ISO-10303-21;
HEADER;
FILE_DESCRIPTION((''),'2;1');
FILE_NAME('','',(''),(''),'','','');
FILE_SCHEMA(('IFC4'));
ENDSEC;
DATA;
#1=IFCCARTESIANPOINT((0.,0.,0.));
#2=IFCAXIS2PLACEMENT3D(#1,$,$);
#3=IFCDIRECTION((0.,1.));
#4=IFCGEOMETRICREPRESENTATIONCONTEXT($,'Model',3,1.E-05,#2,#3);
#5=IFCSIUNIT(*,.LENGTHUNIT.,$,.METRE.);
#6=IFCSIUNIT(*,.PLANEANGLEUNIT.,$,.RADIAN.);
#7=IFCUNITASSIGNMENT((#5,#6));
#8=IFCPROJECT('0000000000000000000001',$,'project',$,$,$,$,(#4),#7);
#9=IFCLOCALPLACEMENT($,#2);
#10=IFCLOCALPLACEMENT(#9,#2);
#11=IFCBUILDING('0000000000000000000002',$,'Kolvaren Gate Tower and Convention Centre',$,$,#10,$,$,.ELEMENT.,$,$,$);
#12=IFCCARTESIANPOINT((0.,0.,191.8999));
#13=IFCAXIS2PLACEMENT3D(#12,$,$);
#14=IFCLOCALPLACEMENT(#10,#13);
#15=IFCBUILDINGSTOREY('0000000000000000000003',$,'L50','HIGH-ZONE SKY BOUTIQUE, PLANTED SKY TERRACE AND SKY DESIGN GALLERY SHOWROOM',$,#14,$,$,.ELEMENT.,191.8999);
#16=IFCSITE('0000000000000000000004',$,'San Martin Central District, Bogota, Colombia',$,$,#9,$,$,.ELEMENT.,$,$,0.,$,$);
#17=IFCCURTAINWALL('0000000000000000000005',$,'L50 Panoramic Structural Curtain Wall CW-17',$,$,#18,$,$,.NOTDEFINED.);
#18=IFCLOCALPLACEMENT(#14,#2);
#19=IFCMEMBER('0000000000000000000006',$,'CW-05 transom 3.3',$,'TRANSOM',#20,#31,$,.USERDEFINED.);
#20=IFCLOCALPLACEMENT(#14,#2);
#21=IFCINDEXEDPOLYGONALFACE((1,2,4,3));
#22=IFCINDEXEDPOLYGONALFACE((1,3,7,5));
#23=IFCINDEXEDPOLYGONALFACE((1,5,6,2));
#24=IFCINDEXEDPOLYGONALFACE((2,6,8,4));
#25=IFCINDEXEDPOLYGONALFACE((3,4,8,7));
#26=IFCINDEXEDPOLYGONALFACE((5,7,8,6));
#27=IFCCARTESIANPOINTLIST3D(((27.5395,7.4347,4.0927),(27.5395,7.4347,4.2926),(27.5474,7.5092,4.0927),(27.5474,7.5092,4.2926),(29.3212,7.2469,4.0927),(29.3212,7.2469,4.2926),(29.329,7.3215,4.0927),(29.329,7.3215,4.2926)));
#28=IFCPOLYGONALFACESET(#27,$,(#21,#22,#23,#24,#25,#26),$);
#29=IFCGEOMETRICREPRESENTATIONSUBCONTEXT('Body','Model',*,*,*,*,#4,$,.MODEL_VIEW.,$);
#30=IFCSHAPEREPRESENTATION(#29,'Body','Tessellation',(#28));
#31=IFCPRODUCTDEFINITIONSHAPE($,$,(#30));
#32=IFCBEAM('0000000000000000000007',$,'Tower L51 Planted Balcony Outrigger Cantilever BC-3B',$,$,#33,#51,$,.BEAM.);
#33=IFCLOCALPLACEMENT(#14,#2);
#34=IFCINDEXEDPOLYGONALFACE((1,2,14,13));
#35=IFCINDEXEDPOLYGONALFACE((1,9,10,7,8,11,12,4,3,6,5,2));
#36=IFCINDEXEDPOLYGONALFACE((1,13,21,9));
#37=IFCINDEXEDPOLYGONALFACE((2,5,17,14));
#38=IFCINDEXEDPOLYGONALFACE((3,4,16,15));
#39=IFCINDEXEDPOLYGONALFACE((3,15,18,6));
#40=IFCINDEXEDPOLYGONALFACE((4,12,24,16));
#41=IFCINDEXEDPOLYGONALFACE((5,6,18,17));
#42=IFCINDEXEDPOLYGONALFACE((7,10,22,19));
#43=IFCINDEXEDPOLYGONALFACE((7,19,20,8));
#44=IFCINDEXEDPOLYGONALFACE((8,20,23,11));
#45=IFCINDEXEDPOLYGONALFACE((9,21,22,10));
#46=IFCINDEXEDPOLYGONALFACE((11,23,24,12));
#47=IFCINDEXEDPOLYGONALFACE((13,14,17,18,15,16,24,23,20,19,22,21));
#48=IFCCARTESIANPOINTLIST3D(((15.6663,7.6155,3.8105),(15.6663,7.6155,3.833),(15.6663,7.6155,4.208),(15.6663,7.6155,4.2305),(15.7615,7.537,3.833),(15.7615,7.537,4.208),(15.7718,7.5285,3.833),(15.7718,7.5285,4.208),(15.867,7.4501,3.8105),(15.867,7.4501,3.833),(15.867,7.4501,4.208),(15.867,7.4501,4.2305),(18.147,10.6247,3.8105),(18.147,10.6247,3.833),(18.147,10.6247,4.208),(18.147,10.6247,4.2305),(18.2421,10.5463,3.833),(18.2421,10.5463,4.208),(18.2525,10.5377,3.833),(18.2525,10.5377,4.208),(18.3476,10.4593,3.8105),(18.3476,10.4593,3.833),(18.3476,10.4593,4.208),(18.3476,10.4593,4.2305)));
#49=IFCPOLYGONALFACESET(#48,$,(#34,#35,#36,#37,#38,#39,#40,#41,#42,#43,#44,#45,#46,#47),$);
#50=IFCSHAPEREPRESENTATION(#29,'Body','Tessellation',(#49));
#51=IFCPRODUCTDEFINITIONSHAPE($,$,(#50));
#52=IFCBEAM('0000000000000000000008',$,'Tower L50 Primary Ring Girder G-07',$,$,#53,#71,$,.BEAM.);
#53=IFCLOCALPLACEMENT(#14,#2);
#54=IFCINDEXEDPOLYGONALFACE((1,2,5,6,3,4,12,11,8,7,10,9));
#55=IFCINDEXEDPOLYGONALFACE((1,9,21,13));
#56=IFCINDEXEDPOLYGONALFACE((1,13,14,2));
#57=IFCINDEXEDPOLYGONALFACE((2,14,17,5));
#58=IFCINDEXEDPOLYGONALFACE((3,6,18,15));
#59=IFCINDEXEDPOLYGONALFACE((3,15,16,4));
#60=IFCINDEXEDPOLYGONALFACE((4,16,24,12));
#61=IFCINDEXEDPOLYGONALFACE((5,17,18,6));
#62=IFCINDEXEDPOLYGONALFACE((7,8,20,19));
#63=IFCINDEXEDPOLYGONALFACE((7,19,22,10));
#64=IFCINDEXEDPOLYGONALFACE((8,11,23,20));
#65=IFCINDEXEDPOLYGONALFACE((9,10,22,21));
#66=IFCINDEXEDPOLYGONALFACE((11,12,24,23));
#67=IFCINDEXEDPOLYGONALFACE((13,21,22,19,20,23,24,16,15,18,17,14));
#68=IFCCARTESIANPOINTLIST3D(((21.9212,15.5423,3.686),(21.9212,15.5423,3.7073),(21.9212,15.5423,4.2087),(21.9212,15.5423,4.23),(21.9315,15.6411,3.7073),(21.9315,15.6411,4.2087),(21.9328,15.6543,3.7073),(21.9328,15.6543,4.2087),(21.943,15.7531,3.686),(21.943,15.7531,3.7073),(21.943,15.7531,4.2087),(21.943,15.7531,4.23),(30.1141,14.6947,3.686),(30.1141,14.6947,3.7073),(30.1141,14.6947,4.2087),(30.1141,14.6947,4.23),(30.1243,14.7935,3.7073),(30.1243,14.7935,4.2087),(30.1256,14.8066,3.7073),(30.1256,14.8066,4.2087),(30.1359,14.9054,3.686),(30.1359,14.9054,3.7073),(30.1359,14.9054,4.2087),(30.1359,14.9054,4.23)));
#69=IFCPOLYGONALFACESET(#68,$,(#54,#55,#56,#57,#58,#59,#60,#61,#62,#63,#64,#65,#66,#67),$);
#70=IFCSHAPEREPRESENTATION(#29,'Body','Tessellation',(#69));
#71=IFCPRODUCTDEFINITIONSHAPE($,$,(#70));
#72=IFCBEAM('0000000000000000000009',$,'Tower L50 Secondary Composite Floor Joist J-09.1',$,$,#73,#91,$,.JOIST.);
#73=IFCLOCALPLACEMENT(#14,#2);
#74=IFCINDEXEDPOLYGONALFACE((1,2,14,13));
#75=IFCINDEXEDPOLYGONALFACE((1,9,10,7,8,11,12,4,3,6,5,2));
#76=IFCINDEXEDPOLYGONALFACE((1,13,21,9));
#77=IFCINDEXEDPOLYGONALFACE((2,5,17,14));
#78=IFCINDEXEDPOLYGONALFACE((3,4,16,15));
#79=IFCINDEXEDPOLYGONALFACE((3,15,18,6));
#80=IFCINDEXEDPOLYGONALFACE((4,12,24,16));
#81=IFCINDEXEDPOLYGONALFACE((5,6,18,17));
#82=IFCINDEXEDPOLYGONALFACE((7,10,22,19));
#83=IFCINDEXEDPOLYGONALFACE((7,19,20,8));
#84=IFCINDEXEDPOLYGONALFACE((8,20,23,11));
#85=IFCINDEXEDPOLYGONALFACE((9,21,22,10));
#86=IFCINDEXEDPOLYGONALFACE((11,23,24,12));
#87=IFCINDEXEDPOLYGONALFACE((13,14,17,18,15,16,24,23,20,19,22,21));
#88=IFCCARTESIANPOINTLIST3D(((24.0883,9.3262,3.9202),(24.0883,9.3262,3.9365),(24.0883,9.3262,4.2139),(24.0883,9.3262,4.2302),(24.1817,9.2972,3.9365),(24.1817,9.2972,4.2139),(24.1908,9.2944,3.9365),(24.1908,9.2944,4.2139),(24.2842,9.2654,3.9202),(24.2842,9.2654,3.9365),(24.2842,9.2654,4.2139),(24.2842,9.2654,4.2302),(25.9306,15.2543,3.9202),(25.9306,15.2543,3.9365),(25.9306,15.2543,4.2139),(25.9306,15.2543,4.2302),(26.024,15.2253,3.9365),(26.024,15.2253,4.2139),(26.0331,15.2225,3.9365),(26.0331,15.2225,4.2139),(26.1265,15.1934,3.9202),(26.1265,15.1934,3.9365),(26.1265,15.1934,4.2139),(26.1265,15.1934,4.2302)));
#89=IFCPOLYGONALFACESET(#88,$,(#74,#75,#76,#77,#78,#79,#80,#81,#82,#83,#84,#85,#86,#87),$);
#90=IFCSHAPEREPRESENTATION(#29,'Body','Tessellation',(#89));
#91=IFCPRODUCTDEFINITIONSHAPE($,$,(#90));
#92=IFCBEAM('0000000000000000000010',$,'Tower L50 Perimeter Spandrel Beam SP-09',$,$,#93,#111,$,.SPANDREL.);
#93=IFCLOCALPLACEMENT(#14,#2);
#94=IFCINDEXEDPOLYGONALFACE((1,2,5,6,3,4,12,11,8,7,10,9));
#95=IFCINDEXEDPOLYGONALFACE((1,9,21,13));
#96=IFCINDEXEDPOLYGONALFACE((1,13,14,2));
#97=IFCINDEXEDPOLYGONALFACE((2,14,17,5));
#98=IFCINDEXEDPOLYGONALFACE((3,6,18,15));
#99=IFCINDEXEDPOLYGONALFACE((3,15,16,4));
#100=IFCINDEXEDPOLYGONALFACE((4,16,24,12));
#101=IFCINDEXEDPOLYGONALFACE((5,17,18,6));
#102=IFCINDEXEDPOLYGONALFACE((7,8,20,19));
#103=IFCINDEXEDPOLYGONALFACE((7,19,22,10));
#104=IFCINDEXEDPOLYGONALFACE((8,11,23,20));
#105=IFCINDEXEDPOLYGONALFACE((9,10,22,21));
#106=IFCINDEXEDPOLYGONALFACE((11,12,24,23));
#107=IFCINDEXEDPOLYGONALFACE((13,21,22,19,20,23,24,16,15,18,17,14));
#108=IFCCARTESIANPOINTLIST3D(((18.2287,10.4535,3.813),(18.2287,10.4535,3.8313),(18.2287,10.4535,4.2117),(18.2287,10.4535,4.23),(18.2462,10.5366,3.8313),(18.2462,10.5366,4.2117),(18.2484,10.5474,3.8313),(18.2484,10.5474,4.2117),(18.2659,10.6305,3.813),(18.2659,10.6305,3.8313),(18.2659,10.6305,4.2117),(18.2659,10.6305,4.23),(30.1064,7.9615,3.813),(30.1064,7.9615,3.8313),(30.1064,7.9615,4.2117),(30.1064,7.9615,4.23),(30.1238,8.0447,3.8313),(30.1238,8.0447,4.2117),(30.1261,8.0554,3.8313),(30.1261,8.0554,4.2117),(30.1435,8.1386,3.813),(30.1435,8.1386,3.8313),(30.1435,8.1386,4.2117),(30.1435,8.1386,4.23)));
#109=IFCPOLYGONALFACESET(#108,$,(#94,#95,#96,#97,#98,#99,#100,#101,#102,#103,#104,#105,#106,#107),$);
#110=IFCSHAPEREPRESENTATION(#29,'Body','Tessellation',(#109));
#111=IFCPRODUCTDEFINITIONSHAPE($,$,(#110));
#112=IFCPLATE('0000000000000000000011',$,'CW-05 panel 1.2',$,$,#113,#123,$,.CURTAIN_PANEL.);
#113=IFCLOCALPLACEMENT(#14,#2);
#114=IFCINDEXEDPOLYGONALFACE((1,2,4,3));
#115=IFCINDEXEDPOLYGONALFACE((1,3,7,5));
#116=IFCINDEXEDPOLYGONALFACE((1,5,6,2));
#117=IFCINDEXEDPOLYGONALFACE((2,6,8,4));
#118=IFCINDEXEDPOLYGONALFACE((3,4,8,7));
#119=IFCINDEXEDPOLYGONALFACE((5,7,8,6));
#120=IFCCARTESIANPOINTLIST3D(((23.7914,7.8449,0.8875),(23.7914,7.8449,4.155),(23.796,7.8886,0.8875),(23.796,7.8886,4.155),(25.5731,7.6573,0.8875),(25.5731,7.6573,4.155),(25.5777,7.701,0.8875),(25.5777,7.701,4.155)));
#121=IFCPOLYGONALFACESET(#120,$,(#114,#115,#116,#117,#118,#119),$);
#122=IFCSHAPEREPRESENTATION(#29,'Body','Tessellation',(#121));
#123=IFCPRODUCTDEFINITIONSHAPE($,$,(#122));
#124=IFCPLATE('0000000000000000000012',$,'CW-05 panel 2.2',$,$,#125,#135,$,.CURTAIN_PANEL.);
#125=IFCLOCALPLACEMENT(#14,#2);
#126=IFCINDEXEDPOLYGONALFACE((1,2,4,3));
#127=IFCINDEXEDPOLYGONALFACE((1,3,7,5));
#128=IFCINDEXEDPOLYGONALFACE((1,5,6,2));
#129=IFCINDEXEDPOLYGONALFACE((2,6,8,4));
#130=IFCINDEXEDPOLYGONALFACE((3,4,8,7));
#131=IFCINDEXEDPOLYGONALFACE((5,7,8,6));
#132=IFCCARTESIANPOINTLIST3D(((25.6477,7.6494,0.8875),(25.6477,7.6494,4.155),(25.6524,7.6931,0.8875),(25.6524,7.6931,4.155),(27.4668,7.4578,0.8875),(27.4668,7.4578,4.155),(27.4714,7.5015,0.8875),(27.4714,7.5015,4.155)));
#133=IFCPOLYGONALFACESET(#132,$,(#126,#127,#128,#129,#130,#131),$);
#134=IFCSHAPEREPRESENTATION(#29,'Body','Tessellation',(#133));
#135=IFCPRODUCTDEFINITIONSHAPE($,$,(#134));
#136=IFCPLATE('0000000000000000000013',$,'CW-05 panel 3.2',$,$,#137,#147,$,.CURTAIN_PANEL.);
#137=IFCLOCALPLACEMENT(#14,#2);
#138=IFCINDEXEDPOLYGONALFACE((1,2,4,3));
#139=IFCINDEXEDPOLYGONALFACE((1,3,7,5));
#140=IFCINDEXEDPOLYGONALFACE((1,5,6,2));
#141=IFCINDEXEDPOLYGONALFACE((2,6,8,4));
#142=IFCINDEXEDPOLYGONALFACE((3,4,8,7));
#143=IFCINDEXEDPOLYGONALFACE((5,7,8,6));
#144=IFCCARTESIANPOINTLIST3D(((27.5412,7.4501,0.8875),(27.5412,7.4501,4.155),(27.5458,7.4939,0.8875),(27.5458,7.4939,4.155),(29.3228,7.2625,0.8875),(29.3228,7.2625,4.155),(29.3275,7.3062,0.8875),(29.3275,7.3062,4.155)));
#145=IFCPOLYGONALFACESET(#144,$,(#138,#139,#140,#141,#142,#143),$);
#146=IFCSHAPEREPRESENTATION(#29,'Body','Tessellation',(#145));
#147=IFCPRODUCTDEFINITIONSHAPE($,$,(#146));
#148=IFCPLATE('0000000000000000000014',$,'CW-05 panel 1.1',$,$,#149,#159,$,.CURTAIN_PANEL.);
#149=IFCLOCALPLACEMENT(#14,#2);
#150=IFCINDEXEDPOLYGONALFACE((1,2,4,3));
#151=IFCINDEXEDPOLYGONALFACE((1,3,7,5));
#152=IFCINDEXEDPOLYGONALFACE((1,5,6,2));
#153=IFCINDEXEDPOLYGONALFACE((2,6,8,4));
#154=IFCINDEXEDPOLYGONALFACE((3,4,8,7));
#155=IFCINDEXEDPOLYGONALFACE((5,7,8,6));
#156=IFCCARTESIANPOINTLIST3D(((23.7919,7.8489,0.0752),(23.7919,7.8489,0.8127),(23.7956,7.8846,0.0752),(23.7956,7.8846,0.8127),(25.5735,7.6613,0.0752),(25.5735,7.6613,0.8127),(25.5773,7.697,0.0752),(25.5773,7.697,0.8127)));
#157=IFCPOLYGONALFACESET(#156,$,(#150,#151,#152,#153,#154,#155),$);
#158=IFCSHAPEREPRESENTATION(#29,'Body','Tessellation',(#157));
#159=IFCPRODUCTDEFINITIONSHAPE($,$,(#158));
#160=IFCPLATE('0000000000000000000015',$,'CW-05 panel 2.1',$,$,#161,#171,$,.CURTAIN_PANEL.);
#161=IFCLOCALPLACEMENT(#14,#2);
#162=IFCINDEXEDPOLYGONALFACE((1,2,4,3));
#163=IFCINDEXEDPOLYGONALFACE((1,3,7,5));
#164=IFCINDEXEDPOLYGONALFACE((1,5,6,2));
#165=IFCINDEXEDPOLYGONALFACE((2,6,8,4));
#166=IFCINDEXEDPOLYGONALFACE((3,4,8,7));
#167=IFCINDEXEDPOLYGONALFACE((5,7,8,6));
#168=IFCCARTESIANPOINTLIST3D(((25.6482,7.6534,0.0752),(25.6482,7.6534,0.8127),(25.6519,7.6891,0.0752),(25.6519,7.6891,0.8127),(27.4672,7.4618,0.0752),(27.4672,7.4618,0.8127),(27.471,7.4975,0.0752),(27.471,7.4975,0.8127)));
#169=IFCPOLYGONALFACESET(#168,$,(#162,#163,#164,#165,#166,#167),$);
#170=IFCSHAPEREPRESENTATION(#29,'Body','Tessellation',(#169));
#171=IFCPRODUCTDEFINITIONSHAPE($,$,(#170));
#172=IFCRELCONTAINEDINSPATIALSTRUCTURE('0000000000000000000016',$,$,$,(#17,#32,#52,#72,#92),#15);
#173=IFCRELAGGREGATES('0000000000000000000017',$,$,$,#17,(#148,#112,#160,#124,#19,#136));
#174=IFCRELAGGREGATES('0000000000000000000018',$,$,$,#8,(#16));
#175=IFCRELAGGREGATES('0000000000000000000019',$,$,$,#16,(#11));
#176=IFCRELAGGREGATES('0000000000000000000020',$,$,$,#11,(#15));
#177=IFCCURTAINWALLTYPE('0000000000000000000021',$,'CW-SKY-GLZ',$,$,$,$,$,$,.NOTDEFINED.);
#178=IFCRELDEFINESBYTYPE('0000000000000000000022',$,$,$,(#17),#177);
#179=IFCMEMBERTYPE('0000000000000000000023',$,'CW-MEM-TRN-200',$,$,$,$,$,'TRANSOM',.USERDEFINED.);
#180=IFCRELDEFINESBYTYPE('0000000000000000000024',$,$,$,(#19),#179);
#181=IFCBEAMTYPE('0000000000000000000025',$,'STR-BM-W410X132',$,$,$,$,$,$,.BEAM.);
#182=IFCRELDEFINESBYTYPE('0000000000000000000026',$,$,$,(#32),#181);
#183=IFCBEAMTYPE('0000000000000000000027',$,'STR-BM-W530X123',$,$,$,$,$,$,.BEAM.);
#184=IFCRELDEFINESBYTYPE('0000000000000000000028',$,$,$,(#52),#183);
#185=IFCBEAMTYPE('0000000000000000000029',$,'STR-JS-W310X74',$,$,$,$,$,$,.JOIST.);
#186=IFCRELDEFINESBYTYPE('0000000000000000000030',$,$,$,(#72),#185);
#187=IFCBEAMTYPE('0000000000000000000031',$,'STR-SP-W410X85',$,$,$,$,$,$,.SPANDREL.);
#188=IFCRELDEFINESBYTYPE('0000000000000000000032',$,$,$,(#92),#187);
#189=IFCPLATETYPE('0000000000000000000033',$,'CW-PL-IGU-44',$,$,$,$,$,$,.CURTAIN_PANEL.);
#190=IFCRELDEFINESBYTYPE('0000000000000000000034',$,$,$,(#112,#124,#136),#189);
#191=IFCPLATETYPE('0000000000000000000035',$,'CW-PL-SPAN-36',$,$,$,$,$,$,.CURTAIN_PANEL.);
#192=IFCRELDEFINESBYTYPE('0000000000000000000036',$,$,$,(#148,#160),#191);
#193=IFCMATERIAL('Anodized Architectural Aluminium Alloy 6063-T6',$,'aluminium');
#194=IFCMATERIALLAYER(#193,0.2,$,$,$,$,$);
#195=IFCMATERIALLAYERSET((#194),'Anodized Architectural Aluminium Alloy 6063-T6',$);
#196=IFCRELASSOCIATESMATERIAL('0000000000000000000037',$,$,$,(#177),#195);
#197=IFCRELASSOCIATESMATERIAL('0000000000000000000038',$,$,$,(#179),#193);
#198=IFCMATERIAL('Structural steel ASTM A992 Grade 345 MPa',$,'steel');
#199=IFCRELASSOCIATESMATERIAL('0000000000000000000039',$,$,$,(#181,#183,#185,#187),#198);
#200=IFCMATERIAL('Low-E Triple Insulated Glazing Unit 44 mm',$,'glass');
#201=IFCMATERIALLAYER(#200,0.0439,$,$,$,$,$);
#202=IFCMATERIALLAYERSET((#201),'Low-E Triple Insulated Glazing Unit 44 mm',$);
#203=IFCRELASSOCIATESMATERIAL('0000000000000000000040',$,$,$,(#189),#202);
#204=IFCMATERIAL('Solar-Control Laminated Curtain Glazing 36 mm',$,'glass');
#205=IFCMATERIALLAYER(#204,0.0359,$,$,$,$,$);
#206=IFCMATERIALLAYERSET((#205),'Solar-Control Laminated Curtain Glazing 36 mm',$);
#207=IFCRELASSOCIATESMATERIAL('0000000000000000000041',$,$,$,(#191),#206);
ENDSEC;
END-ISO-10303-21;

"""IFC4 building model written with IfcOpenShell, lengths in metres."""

from ifc_helpers import new_model, si_unit, direction, frame, origin, origin_2d, place, context, subcontext, project, spatial, rectangle, i_section, extrude, material, layer, layer_set, material_profile, profile_set, type_object, element, aggregate, save


model = new_model("IFC4")

# Units and contexts
model_context = context("Model", 3, precision=1e-05, world=origin(), true_north=direction((0.0, 1.0)))
body_context = subcontext(model_context, "Body", "Model", "MODEL_VIEW")
ifc_project = project(units=[si_unit("LENGTHUNIT", "METRE"), si_unit("PLANEANGLEUNIT", "RADIAN")], contexts=[model_context])

# Site, building, storey
site_placement = place(None, origin())
site = spatial("IfcSite", under=ifc_project, at=site_placement, Name="San Martin Central District, Bogota, Colombia", CompositionType="ELEMENT", RefElevation=0.0)
building_placement = place(site_placement, origin())
building = spatial("IfcBuilding", under=site, at=building_placement, Name="Kolvaren Gate Tower and Convention Centre", CompositionType="ELEMENT")
storey_placement = place(building_placement, frame((0.0, 0.0, 191.8999)))
storey = spatial("IfcBuildingStorey", under=building, at=storey_placement, Name="L50", Description="HIGH-ZONE SKY BOUTIQUE, PLANTED SKY TERRACE AND SKY DESIGN GALLERY SHOWROOM", CompositionType="ELEMENT", Elevation=191.8999)

# Curtain wall, member
ifc_material_1 = material(Name="Anodized Architectural Aluminium Alloy 6063-T6", Category="aluminium")
ifc_layer_1 = layer(ifc_material_1, 0.2)
ifc_layer_set_1 = layer_set([ifc_layer_1], Name="Anodized Architectural Aluminium Alloy 6063-T6")
curtain_wall_type = type_object("IfcCurtainWallType", Name="CW-SKY-GLZ", PredefinedType="NOTDEFINED", material=ifc_layer_set_1)
curtain_wall_placement = place(storey_placement, origin())
curtain_wall = element("IfcCurtainWall", 1, at=curtain_wall_placement, inside=storey, type_object=curtain_wall_type, Name="L50 Panoramic Structural Curtain Wall CW-17", PredefinedType="NOTDEFINED")
ifc_material_profile_1 = material_profile(ifc_material_1, rectangle(XDim=0.075, YDim=0.2, at=origin_2d()), Name="CW-MEM-TRN-200")
ifc_profile_set_1 = profile_set([ifc_material_profile_1], Name="Anodized Architectural Aluminium Alloy 6063-T6")
member_type_1 = type_object("IfcMemberType", Name="CW-MEM-TRN-200", ElementType="TRANSOM", PredefinedType="USERDEFINED", material=ifc_profile_set_1)
member_1_placement = place(storey_placement, frame((27.5435, 7.4719, 4.1926), z_axis=(0.994494, -0.104791, 0.0), x_axis=(0.104791, 0.994494, 0.0)))
member_1 = element("IfcMember", 2, at=member_1_placement, type_object=member_type_1, Name="CW-05 transom 3.3", ObjectType="TRANSOM", PredefinedType="USERDEFINED", context=body_context, shape_type="SweptSolid", body=[
    extrude(rectangle(XDim=0.075, YDim=0.2, at=origin_2d()), origin(), (0.0, 0.0, 1.0), 1.7915),
])

# Beams
ifc_material_2 = material(Name="Structural steel ASTM A992 Grade 345 MPa", Category="steel")
ifc_material_profile_2 = material_profile(ifc_material_2, i_section(OverallWidth=0.26, OverallDepth=0.4199, WebThickness=0.0134, FlangeThickness=0.0225, at=origin_2d()), Name="W410X132")
ifc_profile_set_2 = profile_set([ifc_material_profile_2], Name="Structural steel ASTM A992 Grade 345 MPa")
beam_type_1 = type_object("IfcBeamType", Name="STR-BM-W410X132", PredefinedType="BEAM", material=ifc_profile_set_2)
beam_1_placement = place(storey_placement, frame((18.2473, 10.542, 4.0205), z_axis=(-0.636087, -0.771618, 0.0), x_axis=(0.771618, -0.636087, 0.0)))
element("IfcBeam", 3, at=beam_1_placement, inside=storey, type_object=beam_type_1, Name="Tower L51 Planted Balcony Outrigger Cantilever BC-3B", PredefinedType="BEAM", context=body_context, shape_type="SweptSolid", body=[
    extrude(i_section(OverallWidth=0.26, OverallDepth=0.4199, WebThickness=0.0134, FlangeThickness=0.0225, at=origin_2d()), origin(), (0.0, 0.0, 1.0), 3.8999),
])
ifc_material_profile_3 = material_profile(ifc_material_2, i_section(OverallWidth=0.2119, OverallDepth=0.5439, WebThickness=0.0132, FlangeThickness=0.0212, at=origin_2d()), Name="W530X123")
ifc_profile_set_3 = profile_set([ifc_material_profile_3], Name="Structural steel ASTM A992 Grade 345 MPa")
beam_type_2 = type_object("IfcBeamType", Name="STR-BM-W530X123", PredefinedType="BEAM", material=ifc_profile_set_3)
beam_2_placement = place(storey_placement, frame((21.9321, 15.6477, 3.958), z_axis=(0.99469, -0.102913, 0.0), x_axis=(0.102913, 0.99469, 0.0)))
element("IfcBeam", 4, at=beam_2_placement, inside=storey, type_object=beam_type_2, Name="Tower L50 Primary Ring Girder G-07", PredefinedType="BEAM", context=body_context, shape_type="SweptSolid", body=[
    extrude(i_section(OverallWidth=0.2119, OverallDepth=0.5439, WebThickness=0.0132, FlangeThickness=0.0212, at=origin_2d()), origin(), (0.0, 0.0, 1.0), 8.2366),
])
ifc_material_profile_4 = material_profile(ifc_material_2, i_section(OverallWidth=0.2051, OverallDepth=0.3101, WebThickness=0.0095, FlangeThickness=0.0164, at=origin_2d()), Name="W310X74")
ifc_profile_set_4 = profile_set([ifc_material_profile_4], Name="Structural steel ASTM A992 Grade 345 MPa")
beam_type_3 = type_object("IfcBeamType", Name="STR-JS-W310X74", PredefinedType="JOIST", material=ifc_profile_set_4)
beam_3_placement = place(storey_placement, frame((26.0286, 15.2239, 4.0752), z_axis=(-0.296776, -0.954947, 0.0), x_axis=(0.954947, -0.296776, 0.0)))
element("IfcBeam", 5, at=beam_3_placement, inside=storey, type_object=beam_type_3, Name="Tower L50 Secondary Composite Floor Joist J-09.1", PredefinedType="JOIST", context=body_context, shape_type="SweptSolid", body=[
    extrude(i_section(OverallWidth=0.2051, OverallDepth=0.3101, WebThickness=0.0095, FlangeThickness=0.0164, at=origin_2d()), origin(), (0.0, 0.0, 1.0), 6.2078),
])
ifc_material_profile_5 = material_profile(ifc_material_2, i_section(OverallWidth=0.1809, OverallDepth=0.417, WebThickness=0.011, FlangeThickness=0.0183, at=origin_2d()), Name="W410X85")
ifc_profile_set_5 = profile_set([ifc_material_profile_5], Name="Structural steel ASTM A992 Grade 345 MPa")
beam_type_4 = type_object("IfcBeamType", Name="STR-SP-W410X85", PredefinedType="SPANDREL", material=ifc_profile_set_5)
beam_4_placement = place(storey_placement, frame((18.2473, 10.542, 4.0215), z_axis=(0.978693, -0.20533, 0.0), x_axis=(0.20533, 0.978693, 0.0)))
element("IfcBeam", 6, at=beam_4_placement, inside=storey, type_object=beam_type_4, Name="Tower L50 Perimeter Spandrel Beam SP-09", PredefinedType="SPANDREL", context=body_context, shape_type="SweptSolid", body=[
    extrude(i_section(OverallWidth=0.1809, OverallDepth=0.417, WebThickness=0.011, FlangeThickness=0.0183, at=origin_2d()), origin(), (0.0, 0.0, 1.0), 12.1362),
])

# Plates
ifc_material_3 = material(Name="Low-E Triple Insulated Glazing Unit 44 mm", Category="glass")
ifc_layer_2 = layer(ifc_material_3, 0.0439)
ifc_layer_set_2 = layer_set([ifc_layer_2], Name="Low-E Triple Insulated Glazing Unit 44 mm")
plate_type_1 = type_object("IfcPlateType", Name="CW-PL-IGU-44", PredefinedType="CURTAIN_PANEL", material=ifc_layer_set_2)
plate_1_placement = place(storey_placement, frame((24.6846, 7.7729, 0.8875), z_axis=(0.0, 0.0, 1.0), x_axis=(0.994499, -0.104744, 0.0)))
plate_1 = element("IfcPlate", 7, at=plate_1_placement, type_object=plate_type_1, Name="CW-05 panel 1.2", PredefinedType="CURTAIN_PANEL", context=body_context, shape_type="SweptSolid", body=[
    extrude(rectangle(XDim=1.7915, YDim=0.0439, at=origin_2d()), origin(), (0.0, 0.0, 1.0), 3.2676),
])
plate_2_placement = place(storey_placement, frame((26.5596, 7.5754, 0.8875), z_axis=(0.0, 0.0, 1.0), x_axis=(0.994499, -0.104744, 0.0)))
plate_2 = element("IfcPlate", 8, at=plate_2_placement, type_object=plate_type_1, Name="CW-05 panel 2.2", PredefinedType="CURTAIN_PANEL", context=body_context, shape_type="SweptSolid", body=[
    extrude(rectangle(XDim=1.8291, YDim=0.0439, at=origin_2d()), origin(), (0.0, 0.0, 1.0), 3.2676),
])
plate_3_placement = place(storey_placement, frame((28.4343, 7.3782, 0.8875), z_axis=(0.0, 0.0, 1.0), x_axis=(0.994499, -0.104744, 0.0)))
plate_3 = element("IfcPlate", 9, at=plate_3_placement, type_object=plate_type_1, Name="CW-05 panel 3.2", PredefinedType="CURTAIN_PANEL", context=body_context, shape_type="SweptSolid", body=[
    extrude(rectangle(XDim=1.7915, YDim=0.0439, at=origin_2d()), origin(), (0.0, 0.0, 1.0), 3.2676),
])
ifc_material_4 = material(Name="Solar-Control Laminated Curtain Glazing 36 mm", Category="glass")
ifc_layer_3 = layer(ifc_material_4, 0.0359)
ifc_layer_set_3 = layer_set([ifc_layer_3], Name="Solar-Control Laminated Curtain Glazing 36 mm")
plate_type_2 = type_object("IfcPlateType", Name="CW-PL-SPAN-36", PredefinedType="CURTAIN_PANEL", material=ifc_layer_set_3)
plate_4_placement = place(storey_placement, frame((24.6846, 7.7729, 0.0752), z_axis=(0.0, 0.0, 1.0), x_axis=(0.994499, -0.104744, 0.0)))
plate_4 = element("IfcPlate", 10, at=plate_4_placement, type_object=plate_type_2, Name="CW-05 panel 1.1", PredefinedType="CURTAIN_PANEL", context=body_context, shape_type="SweptSolid", body=[
    extrude(rectangle(XDim=1.7915, YDim=0.0359, at=origin_2d()), origin(), (0.0, 0.0, 1.0), 0.7375),
])
plate_5_placement = place(storey_placement, frame((26.5596, 7.5754, 0.0752), z_axis=(0.0, 0.0, 1.0), x_axis=(0.994499, -0.104744, 0.0)))
plate_5 = element("IfcPlate", 11, at=plate_5_placement, type_object=plate_type_2, Name="CW-05 panel 2.1", PredefinedType="CURTAIN_PANEL", context=body_context, shape_type="SweptSolid", body=[
    extrude(rectangle(XDim=1.8291, YDim=0.0359, at=origin_2d()), origin(), (0.0, 0.0, 1.0), 0.7375),
])
aggregate(curtain_wall, [plate_4, plate_1, plate_5, plate_2, member_1, plate_3])

save(model, "model.ifc")
